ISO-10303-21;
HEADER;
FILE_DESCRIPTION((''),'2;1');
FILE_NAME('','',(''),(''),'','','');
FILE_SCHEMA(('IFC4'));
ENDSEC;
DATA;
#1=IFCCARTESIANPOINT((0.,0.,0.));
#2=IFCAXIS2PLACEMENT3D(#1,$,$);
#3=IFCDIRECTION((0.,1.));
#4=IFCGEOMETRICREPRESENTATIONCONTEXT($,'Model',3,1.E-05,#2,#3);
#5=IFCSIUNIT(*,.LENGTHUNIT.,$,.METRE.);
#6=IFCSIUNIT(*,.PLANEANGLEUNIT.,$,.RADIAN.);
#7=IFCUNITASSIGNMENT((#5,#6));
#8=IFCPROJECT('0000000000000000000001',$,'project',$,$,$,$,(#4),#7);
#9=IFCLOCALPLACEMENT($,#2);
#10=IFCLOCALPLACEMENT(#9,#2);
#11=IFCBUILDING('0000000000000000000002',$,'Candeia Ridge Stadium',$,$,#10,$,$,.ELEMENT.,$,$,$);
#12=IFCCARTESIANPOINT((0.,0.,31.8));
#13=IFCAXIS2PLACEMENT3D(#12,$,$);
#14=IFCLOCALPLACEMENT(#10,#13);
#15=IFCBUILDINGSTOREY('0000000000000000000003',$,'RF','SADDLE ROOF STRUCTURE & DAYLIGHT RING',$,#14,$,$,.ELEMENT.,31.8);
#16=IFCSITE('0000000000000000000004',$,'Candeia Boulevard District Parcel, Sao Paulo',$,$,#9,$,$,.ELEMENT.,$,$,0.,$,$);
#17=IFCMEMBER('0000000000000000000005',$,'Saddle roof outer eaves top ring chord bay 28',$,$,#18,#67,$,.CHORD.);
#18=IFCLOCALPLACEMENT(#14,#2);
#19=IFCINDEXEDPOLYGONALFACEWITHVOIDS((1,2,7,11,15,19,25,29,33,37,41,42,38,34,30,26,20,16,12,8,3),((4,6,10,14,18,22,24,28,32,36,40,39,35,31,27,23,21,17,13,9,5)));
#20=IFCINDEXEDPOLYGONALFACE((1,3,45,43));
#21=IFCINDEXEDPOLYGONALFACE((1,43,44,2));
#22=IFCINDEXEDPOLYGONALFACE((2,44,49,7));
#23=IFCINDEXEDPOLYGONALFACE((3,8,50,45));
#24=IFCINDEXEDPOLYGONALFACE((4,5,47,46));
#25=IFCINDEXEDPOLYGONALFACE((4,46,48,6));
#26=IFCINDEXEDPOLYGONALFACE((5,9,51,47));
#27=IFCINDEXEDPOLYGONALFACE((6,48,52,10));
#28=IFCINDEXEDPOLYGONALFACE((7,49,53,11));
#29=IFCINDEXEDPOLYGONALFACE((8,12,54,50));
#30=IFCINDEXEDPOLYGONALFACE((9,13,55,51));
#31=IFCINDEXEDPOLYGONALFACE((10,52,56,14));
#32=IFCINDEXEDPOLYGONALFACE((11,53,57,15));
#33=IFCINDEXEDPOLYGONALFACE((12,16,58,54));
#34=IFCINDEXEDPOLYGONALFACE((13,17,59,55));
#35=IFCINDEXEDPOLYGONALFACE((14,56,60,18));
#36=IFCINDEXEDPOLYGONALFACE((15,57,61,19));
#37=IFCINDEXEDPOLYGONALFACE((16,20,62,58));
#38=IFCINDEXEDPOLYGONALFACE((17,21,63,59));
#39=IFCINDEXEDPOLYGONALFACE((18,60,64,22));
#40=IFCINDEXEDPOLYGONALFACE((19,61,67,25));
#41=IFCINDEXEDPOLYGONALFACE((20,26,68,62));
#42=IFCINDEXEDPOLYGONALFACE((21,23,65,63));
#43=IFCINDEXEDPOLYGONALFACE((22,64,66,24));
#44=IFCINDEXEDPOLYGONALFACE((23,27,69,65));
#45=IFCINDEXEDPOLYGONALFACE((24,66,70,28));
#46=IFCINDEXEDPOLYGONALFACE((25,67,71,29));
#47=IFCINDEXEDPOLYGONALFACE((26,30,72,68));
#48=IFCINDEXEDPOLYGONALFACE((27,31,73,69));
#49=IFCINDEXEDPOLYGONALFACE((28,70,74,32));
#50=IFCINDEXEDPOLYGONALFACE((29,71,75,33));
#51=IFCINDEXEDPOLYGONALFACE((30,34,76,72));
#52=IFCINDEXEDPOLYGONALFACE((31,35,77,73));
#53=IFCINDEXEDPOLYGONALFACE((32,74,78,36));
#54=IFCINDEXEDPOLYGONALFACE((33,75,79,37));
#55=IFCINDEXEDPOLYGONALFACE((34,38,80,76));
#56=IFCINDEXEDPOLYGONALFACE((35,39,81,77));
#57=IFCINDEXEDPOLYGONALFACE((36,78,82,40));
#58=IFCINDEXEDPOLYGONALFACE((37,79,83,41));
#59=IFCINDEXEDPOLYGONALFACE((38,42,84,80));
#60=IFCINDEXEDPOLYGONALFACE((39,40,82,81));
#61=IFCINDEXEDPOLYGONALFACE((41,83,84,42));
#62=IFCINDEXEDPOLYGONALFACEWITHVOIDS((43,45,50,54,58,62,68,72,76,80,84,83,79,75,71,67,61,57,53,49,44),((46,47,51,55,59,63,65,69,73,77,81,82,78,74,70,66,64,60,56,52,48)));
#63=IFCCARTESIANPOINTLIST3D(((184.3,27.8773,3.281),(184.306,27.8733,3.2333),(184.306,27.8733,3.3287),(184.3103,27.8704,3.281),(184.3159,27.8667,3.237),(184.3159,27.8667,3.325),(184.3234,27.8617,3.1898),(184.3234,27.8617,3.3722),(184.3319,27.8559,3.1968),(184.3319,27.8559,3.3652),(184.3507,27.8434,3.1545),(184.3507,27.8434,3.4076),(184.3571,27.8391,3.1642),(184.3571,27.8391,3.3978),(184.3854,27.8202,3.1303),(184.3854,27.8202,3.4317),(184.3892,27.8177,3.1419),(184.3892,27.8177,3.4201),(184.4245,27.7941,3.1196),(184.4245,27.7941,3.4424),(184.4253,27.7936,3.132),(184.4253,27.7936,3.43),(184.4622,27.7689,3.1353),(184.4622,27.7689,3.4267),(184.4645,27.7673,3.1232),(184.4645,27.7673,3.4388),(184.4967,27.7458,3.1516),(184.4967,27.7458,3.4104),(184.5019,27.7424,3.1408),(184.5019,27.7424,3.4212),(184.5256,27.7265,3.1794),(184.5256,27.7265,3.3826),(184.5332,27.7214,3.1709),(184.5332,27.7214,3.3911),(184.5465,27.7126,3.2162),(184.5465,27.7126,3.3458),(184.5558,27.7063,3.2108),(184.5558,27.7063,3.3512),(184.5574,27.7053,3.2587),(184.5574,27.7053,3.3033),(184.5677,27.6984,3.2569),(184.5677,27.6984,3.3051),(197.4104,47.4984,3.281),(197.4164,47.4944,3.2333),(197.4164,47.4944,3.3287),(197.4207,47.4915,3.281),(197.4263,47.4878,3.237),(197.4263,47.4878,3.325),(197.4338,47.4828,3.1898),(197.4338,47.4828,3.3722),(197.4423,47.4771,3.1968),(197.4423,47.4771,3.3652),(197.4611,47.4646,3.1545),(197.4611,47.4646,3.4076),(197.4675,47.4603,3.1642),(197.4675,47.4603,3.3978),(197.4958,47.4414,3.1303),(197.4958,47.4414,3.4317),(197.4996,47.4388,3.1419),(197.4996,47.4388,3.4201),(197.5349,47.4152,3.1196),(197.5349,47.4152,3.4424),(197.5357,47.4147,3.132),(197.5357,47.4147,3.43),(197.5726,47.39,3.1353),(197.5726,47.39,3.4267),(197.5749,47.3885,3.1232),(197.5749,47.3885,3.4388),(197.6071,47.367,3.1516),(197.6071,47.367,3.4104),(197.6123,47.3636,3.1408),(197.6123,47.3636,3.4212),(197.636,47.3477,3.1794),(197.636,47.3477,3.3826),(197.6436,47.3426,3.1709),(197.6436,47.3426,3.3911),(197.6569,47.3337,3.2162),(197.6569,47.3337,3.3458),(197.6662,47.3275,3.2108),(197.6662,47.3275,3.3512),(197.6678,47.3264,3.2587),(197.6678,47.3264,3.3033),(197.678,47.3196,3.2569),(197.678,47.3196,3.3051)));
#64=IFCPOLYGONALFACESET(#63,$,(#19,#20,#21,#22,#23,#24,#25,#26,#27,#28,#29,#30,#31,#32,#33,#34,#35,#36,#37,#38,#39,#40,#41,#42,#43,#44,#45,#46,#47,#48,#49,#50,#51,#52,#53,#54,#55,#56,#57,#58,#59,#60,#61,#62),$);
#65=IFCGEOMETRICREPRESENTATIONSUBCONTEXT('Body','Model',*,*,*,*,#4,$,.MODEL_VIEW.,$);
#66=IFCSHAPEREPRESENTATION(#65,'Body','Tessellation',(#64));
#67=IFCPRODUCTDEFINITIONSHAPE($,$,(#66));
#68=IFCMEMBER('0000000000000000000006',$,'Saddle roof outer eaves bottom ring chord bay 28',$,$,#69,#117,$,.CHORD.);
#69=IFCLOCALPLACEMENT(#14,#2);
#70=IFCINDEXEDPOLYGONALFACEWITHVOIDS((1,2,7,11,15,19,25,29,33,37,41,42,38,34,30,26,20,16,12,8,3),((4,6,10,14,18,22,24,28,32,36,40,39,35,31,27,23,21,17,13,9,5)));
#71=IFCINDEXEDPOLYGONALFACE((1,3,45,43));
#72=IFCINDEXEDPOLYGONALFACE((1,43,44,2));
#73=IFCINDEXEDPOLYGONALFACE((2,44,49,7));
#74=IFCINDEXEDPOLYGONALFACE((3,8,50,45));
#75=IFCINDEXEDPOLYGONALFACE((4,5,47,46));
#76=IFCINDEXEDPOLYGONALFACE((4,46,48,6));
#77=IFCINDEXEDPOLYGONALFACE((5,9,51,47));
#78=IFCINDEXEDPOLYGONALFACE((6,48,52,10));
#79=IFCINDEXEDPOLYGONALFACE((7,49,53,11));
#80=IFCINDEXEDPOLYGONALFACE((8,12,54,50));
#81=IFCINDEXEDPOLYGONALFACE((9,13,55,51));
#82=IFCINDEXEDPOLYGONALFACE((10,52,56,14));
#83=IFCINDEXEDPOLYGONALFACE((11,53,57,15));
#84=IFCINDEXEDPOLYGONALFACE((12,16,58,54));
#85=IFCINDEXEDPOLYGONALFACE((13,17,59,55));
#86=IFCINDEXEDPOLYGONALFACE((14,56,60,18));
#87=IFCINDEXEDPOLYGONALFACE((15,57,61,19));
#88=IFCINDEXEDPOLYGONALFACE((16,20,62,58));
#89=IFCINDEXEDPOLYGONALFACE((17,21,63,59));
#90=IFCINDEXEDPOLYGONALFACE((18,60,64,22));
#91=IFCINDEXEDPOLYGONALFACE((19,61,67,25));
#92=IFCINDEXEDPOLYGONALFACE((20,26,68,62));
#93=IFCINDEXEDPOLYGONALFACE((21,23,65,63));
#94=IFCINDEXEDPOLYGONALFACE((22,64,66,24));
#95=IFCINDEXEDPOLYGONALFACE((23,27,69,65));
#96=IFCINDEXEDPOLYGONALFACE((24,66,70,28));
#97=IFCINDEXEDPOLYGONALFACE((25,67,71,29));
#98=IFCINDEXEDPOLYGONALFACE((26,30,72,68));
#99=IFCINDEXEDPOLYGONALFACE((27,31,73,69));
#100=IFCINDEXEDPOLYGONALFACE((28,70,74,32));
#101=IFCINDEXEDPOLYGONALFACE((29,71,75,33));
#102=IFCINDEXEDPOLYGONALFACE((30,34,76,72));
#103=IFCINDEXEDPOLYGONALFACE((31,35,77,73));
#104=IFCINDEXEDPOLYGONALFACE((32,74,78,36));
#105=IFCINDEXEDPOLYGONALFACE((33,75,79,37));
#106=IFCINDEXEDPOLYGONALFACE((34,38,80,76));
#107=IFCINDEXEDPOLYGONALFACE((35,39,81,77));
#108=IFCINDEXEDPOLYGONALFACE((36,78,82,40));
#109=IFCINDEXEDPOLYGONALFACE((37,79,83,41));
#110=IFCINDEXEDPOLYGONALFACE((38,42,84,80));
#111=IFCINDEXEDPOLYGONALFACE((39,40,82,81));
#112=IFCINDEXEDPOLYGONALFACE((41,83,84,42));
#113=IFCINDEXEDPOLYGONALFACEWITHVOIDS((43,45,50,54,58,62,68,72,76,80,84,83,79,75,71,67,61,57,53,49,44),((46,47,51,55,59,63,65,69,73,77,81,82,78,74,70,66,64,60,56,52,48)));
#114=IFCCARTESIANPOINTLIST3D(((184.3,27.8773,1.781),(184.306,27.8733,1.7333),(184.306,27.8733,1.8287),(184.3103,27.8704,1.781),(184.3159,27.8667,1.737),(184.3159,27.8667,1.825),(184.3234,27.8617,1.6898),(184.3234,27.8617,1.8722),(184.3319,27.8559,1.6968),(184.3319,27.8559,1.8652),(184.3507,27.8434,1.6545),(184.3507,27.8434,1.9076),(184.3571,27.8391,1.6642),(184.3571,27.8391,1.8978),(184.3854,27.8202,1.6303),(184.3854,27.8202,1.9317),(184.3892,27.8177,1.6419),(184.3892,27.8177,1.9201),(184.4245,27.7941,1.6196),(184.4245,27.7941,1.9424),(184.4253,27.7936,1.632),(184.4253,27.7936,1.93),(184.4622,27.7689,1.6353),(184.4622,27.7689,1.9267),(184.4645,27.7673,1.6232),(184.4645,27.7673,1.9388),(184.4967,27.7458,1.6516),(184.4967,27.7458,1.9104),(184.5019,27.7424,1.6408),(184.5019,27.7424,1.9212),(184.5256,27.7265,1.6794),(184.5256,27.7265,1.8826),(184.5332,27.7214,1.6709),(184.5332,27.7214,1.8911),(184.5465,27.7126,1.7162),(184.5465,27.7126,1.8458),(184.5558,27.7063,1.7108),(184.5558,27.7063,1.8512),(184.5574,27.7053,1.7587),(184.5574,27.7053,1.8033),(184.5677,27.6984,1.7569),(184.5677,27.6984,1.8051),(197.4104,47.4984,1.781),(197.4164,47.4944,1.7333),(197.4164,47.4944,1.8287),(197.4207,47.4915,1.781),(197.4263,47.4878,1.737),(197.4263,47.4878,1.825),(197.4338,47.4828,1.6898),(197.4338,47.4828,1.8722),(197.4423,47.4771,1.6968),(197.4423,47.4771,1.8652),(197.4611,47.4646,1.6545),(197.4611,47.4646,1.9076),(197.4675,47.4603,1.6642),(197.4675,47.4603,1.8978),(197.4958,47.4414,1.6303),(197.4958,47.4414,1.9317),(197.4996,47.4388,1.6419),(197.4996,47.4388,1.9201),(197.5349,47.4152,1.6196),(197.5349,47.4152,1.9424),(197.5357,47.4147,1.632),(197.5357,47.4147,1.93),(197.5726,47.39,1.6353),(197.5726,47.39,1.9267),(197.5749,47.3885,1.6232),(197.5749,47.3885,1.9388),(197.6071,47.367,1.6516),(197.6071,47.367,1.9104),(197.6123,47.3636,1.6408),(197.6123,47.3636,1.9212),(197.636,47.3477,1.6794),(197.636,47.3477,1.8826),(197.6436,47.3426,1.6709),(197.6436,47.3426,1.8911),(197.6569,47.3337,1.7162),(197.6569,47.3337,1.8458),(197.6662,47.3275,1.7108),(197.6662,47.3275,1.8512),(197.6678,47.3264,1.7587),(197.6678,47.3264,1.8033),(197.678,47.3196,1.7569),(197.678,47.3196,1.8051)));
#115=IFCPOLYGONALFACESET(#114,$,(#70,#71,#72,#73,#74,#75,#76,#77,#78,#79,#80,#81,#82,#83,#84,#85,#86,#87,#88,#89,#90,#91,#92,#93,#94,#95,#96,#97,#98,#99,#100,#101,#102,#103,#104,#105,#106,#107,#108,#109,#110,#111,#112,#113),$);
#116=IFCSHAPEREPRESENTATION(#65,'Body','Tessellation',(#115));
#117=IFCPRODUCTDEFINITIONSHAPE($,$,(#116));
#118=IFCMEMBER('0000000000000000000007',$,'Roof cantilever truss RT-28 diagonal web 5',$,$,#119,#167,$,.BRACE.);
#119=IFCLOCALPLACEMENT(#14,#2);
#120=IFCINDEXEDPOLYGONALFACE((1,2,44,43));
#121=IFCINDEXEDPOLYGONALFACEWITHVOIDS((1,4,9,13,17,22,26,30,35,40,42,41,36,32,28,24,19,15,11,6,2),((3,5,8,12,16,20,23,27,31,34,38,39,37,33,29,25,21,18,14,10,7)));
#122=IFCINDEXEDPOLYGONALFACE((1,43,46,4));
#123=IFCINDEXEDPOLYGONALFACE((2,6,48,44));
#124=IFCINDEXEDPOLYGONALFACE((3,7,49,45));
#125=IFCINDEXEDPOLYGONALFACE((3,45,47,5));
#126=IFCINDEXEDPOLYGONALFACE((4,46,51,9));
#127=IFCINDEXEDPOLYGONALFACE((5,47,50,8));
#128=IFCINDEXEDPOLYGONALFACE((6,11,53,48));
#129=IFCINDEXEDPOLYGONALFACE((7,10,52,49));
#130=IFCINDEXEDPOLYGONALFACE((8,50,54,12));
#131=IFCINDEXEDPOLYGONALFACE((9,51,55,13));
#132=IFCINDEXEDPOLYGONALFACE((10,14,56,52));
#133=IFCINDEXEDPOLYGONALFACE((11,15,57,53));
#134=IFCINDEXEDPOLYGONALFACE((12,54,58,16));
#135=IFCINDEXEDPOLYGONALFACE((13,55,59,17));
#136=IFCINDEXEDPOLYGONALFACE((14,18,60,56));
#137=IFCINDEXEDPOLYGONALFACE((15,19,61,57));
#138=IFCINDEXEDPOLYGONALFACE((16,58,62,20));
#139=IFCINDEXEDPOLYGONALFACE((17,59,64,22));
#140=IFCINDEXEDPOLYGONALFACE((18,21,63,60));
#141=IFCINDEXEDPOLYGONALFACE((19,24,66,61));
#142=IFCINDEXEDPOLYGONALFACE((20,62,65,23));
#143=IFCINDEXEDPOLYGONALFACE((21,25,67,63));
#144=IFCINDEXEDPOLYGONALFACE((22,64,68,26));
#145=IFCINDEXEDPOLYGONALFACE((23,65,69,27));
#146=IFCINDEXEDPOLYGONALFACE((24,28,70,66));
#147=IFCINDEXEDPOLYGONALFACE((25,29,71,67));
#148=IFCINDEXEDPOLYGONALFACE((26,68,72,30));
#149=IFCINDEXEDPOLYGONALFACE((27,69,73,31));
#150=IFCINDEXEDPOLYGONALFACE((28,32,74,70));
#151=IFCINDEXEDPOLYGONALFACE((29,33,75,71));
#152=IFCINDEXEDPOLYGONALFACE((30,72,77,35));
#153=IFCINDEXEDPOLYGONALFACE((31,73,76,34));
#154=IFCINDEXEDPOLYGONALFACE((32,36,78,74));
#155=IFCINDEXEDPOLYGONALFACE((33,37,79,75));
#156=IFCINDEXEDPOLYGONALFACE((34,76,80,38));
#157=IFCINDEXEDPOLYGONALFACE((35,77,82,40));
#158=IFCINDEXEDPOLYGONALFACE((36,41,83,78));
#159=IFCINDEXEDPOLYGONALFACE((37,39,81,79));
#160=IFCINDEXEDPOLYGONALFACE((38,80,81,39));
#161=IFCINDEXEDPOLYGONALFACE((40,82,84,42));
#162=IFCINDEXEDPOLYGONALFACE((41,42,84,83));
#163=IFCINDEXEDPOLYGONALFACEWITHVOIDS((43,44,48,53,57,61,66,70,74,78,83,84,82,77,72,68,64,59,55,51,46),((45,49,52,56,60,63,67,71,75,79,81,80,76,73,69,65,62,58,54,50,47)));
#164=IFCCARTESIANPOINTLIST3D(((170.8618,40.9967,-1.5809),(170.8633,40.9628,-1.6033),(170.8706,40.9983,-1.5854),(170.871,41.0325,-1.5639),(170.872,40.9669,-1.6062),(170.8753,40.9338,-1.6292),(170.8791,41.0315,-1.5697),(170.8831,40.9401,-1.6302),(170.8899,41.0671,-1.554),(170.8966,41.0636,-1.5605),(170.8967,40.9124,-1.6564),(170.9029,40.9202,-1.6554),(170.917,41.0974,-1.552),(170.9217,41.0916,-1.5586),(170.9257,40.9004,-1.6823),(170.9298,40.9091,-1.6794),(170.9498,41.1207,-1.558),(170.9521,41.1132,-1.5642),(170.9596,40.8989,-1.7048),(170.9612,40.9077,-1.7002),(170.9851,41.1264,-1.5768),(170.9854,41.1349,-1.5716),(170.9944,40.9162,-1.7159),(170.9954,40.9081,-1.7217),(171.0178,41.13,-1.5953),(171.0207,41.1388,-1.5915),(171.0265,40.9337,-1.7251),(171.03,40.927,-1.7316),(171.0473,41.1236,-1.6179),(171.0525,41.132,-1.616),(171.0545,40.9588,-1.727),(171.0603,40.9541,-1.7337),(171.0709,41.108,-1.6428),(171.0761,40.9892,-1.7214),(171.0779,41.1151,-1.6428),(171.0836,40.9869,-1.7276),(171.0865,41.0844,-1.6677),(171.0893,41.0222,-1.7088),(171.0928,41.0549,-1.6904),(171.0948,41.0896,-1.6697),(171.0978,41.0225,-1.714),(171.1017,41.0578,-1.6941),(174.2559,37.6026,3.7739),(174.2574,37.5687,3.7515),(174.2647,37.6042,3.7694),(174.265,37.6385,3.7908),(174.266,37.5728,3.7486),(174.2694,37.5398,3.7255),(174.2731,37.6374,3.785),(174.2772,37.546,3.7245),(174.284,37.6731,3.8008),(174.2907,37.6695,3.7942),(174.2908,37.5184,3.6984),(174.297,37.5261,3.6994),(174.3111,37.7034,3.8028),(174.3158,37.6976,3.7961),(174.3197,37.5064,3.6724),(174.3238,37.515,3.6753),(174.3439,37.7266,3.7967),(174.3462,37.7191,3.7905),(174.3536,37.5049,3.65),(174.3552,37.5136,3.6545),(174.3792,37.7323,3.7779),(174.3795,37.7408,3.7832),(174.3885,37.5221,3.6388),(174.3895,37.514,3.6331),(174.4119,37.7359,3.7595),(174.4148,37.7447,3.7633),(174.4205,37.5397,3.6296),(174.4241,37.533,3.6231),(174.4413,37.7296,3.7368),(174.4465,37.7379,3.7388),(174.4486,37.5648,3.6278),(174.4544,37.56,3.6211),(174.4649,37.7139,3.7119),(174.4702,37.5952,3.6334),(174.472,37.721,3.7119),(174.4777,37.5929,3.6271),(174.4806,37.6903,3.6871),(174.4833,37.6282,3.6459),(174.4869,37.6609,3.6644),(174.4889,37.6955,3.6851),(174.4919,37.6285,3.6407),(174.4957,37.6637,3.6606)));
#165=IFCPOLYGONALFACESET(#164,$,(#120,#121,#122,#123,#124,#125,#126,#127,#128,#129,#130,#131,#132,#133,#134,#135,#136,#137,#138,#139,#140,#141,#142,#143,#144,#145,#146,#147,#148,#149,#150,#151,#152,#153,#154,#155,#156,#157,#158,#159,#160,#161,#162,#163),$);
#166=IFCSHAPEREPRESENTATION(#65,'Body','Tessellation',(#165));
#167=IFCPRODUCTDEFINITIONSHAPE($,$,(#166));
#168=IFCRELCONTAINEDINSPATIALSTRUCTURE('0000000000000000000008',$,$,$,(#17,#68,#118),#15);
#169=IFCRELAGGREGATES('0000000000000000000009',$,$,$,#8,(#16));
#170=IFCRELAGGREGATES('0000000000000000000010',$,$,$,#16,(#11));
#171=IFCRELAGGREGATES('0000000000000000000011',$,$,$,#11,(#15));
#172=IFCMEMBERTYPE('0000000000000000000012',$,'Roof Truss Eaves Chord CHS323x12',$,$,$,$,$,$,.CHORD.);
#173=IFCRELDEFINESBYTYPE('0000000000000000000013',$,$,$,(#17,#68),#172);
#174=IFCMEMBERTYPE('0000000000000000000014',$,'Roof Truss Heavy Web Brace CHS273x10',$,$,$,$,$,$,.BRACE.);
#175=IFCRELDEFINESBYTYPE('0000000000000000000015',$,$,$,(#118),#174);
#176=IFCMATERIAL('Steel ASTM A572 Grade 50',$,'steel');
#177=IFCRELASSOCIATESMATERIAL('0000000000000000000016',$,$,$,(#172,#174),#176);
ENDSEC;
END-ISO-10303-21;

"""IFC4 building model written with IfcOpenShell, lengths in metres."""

from ifc_helpers import new_model, si_unit, direction, frame, origin, origin_2d, place, context, subcontext, project, spatial, hollow_circle, extrude, material, material_profile, profile_set, type_object, element, save


model = new_model("IFC4")

# Units and contexts
model_context = context("Model", 3, precision=1e-05, world=origin(), true_north=direction((0.0, 1.0)))
body_context = subcontext(model_context, "Body", "Model", "MODEL_VIEW")
ifc_project = project(units=[si_unit("LENGTHUNIT", "METRE"), si_unit("PLANEANGLEUNIT", "RADIAN")], contexts=[model_context])

# Site, building, storey
site_placement = place(None, origin())
site = spatial("IfcSite", under=ifc_project, at=site_placement, Name="Candeia Boulevard District Parcel, Sao Paulo", CompositionType="ELEMENT", RefElevation=0.0)
building_placement = place(site_placement, origin())
building = spatial("IfcBuilding", under=site, at=building_placement, Name="Candeia Ridge Stadium", CompositionType="ELEMENT")
storey_placement = place(building_placement, frame((0.0, 0.0, 31.8)))
storey = spatial("IfcBuildingStorey", under=building, at=storey_placement, Name="RF", Description="SADDLE ROOF STRUCTURE & DAYLIGHT RING", CompositionType="ELEMENT", Elevation=31.8)

# Shared definitions
ifc_material_1 = material(Name="Steel ASTM A572 Grade 50", Category="steel")

# Members
ifc_material_profile_1 = material_profile(ifc_material_1, hollow_circle(Radius=0.1619, WallThickness=0.0125, at=origin_2d()), Name="CHS323x12", Category="steel")
ifc_profile_set_1 = profile_set([ifc_material_profile_1], Name="Steel ASTM A572 Grade 50")
member_type_1 = type_object("IfcMemberType", Name="Roof Truss Eaves Chord CHS323x12", PredefinedType="CHORD", material=ifc_profile_set_1)
for number, where, z_axis, x_axis, name in (
    (1, (184.4346, 27.7874, 3.281), (0.555569, 0.83147, 0.0), (-0.83147, 0.555569, 0.0), "Saddle roof outer eaves top ring chord bay 28"),
    (2, (184.4346, 27.7874, 1.781), (0.555569, 0.83147, 0.0), (-0.83147, 0.555569, 0.0), "Saddle roof outer eaves bottom ring chord bay 28"),
):
    element("IfcMember", number, at=place(storey_placement, frame(where, z_axis=z_axis, x_axis=x_axis)), inside=storey, type_object=member_type_1, Name=name, PredefinedType="CHORD", context=body_context, shape_type="SweptSolid", body=[
        extrude(hollow_circle(Radius=0.1619, WallThickness=0.0125, at=origin_2d()), origin(), (0.0, 0.0, 1.0), 23.5981),
    ])
ifc_material_profile_2 = material_profile(ifc_material_1, hollow_circle(Radius=0.1365, WallThickness=0.01, at=origin_2d()), Name="CHS273x10", Category="steel")
ifc_profile_set_2 = profile_set([ifc_material_profile_2], Name="Steel ASTM A572 Grade 50")
member_type_2 = type_object("IfcMemberType", Name="Roof Truss Heavy Web Brace CHS273x10", PredefinedType="BRACE", material=ifc_profile_set_2)
member_1_placement = place(storey_placement, frame((170.9814, 41.0186, -1.6428), z_axis=(0.471977, -0.471977, 0.744631), x_axis=(0.707107, 0.707107, 0.0)))
element("IfcMember", 3, at=member_1_placement, inside=storey, type_object=member_type_2, Name="Roof cantilever truss RT-28 diagonal web 5", PredefinedType="BRACE", context=body_context, shape_type="SweptSolid", body=[
    extrude(hollow_circle(Radius=0.1365, WallThickness=0.01, at=origin_2d()), origin(), (0.0, 0.0, 1.0), 7.1912),
])

save(model, "model.ifc")
